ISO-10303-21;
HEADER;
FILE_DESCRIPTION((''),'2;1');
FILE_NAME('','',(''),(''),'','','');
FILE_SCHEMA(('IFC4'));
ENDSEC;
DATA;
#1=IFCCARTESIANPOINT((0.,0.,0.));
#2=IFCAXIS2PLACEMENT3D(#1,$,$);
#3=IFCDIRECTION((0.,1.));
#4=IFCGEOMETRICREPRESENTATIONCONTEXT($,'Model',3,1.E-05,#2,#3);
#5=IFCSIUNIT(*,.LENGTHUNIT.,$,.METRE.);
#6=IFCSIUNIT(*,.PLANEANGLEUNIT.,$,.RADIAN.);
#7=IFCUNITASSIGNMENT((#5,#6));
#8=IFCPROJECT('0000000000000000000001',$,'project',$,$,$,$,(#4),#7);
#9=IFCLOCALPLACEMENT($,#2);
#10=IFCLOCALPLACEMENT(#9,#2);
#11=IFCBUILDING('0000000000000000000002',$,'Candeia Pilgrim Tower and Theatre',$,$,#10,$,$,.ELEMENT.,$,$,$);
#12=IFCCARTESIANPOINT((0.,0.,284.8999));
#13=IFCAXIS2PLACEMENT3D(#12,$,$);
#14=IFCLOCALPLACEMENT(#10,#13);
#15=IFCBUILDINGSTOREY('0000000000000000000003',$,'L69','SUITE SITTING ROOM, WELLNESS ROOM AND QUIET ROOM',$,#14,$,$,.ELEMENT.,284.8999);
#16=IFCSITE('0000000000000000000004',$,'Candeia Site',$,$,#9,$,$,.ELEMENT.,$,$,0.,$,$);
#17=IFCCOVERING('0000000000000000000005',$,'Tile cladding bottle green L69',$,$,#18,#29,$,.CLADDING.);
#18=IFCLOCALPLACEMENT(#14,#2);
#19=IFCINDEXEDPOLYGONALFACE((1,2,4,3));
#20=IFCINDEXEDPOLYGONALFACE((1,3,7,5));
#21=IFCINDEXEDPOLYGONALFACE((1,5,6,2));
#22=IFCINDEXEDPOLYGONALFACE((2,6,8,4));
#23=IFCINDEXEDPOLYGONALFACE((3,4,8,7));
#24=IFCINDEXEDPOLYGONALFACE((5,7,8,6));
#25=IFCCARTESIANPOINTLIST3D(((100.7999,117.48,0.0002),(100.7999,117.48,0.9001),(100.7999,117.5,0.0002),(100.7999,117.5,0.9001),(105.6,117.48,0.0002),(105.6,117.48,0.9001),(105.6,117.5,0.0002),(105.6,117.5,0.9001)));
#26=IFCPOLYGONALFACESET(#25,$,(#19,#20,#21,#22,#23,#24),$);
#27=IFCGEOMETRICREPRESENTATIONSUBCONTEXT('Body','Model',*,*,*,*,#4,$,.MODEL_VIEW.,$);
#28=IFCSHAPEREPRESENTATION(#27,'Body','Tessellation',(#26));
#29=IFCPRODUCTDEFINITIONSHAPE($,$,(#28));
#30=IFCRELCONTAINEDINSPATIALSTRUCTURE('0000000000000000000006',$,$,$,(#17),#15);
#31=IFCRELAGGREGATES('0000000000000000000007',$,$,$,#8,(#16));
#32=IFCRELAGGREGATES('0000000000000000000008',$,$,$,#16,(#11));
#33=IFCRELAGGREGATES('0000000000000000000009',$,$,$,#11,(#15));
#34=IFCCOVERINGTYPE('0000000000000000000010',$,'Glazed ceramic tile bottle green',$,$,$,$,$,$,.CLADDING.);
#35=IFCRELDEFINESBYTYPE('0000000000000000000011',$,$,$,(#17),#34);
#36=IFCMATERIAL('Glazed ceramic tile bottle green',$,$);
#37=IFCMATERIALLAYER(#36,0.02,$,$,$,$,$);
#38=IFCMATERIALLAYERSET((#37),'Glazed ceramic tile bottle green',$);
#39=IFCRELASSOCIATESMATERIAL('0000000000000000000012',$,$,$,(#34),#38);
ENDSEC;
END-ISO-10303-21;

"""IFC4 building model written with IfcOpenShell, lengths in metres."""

from ifc_helpers import new_model, si_unit, direction, frame, origin, origin_2d, place, context, subcontext, project, spatial, rectangle, extrude, material, layer, layer_set, type_object, element, save


model = new_model("IFC4")

# Units and contexts
model_context = context("Model", 3, precision=1e-05, world=origin(), true_north=direction((0.0, 1.0)))
body_context = subcontext(model_context, "Body", "Model", "MODEL_VIEW")
ifc_project = project(units=[si_unit("LENGTHUNIT", "METRE"), si_unit("PLANEANGLEUNIT", "RADIAN")], contexts=[model_context])

# Site, building, storey
site_placement = place(None, origin())
site = spatial("IfcSite", under=ifc_project, at=site_placement, Name="Candeia Site", CompositionType="ELEMENT", RefElevation=0.0)
building_placement = place(site_placement, origin())
building = spatial("IfcBuilding", under=site, at=building_placement, Name="Candeia Pilgrim Tower and Theatre", CompositionType="ELEMENT")
storey_placement = place(building_placement, frame((0.0, 0.0, 284.8999)))
storey = spatial("IfcBuildingStorey", under=building, at=storey_placement, Name="L69", Description="SUITE SITTING ROOM, WELLNESS ROOM AND QUIET ROOM", CompositionType="ELEMENT", Elevation=284.8999)

# Covering
ifc_material_1 = material(Name="Glazed ceramic tile bottle green")
ifc_layer_1 = layer(ifc_material_1, 0.02)
ifc_layer_set_1 = layer_set([ifc_layer_1], Name="Glazed ceramic tile bottle green")
covering_type = type_object("IfcCoveringType", Name="Glazed ceramic tile bottle green", PredefinedType="CLADDING", material=ifc_layer_set_1)
covering_placement = place(storey_placement, frame((103.2, 117.49, 0.0002), z_axis=(0.0, 0.0, 1.0), x_axis=(1.0, 0.0, 0.0)))
element("IfcCovering", 1, at=covering_placement, inside=storey, type_object=covering_type, Name="Tile cladding bottle green L69", PredefinedType="CLADDING", context=body_context, shape_type="SweptSolid", body=[
    extrude(rectangle(XDim=4.8, YDim=0.02, at=origin_2d()), origin(), (0.0, 0.0, 1.0), 0.8999),
])

save(model, "model.ifc")
